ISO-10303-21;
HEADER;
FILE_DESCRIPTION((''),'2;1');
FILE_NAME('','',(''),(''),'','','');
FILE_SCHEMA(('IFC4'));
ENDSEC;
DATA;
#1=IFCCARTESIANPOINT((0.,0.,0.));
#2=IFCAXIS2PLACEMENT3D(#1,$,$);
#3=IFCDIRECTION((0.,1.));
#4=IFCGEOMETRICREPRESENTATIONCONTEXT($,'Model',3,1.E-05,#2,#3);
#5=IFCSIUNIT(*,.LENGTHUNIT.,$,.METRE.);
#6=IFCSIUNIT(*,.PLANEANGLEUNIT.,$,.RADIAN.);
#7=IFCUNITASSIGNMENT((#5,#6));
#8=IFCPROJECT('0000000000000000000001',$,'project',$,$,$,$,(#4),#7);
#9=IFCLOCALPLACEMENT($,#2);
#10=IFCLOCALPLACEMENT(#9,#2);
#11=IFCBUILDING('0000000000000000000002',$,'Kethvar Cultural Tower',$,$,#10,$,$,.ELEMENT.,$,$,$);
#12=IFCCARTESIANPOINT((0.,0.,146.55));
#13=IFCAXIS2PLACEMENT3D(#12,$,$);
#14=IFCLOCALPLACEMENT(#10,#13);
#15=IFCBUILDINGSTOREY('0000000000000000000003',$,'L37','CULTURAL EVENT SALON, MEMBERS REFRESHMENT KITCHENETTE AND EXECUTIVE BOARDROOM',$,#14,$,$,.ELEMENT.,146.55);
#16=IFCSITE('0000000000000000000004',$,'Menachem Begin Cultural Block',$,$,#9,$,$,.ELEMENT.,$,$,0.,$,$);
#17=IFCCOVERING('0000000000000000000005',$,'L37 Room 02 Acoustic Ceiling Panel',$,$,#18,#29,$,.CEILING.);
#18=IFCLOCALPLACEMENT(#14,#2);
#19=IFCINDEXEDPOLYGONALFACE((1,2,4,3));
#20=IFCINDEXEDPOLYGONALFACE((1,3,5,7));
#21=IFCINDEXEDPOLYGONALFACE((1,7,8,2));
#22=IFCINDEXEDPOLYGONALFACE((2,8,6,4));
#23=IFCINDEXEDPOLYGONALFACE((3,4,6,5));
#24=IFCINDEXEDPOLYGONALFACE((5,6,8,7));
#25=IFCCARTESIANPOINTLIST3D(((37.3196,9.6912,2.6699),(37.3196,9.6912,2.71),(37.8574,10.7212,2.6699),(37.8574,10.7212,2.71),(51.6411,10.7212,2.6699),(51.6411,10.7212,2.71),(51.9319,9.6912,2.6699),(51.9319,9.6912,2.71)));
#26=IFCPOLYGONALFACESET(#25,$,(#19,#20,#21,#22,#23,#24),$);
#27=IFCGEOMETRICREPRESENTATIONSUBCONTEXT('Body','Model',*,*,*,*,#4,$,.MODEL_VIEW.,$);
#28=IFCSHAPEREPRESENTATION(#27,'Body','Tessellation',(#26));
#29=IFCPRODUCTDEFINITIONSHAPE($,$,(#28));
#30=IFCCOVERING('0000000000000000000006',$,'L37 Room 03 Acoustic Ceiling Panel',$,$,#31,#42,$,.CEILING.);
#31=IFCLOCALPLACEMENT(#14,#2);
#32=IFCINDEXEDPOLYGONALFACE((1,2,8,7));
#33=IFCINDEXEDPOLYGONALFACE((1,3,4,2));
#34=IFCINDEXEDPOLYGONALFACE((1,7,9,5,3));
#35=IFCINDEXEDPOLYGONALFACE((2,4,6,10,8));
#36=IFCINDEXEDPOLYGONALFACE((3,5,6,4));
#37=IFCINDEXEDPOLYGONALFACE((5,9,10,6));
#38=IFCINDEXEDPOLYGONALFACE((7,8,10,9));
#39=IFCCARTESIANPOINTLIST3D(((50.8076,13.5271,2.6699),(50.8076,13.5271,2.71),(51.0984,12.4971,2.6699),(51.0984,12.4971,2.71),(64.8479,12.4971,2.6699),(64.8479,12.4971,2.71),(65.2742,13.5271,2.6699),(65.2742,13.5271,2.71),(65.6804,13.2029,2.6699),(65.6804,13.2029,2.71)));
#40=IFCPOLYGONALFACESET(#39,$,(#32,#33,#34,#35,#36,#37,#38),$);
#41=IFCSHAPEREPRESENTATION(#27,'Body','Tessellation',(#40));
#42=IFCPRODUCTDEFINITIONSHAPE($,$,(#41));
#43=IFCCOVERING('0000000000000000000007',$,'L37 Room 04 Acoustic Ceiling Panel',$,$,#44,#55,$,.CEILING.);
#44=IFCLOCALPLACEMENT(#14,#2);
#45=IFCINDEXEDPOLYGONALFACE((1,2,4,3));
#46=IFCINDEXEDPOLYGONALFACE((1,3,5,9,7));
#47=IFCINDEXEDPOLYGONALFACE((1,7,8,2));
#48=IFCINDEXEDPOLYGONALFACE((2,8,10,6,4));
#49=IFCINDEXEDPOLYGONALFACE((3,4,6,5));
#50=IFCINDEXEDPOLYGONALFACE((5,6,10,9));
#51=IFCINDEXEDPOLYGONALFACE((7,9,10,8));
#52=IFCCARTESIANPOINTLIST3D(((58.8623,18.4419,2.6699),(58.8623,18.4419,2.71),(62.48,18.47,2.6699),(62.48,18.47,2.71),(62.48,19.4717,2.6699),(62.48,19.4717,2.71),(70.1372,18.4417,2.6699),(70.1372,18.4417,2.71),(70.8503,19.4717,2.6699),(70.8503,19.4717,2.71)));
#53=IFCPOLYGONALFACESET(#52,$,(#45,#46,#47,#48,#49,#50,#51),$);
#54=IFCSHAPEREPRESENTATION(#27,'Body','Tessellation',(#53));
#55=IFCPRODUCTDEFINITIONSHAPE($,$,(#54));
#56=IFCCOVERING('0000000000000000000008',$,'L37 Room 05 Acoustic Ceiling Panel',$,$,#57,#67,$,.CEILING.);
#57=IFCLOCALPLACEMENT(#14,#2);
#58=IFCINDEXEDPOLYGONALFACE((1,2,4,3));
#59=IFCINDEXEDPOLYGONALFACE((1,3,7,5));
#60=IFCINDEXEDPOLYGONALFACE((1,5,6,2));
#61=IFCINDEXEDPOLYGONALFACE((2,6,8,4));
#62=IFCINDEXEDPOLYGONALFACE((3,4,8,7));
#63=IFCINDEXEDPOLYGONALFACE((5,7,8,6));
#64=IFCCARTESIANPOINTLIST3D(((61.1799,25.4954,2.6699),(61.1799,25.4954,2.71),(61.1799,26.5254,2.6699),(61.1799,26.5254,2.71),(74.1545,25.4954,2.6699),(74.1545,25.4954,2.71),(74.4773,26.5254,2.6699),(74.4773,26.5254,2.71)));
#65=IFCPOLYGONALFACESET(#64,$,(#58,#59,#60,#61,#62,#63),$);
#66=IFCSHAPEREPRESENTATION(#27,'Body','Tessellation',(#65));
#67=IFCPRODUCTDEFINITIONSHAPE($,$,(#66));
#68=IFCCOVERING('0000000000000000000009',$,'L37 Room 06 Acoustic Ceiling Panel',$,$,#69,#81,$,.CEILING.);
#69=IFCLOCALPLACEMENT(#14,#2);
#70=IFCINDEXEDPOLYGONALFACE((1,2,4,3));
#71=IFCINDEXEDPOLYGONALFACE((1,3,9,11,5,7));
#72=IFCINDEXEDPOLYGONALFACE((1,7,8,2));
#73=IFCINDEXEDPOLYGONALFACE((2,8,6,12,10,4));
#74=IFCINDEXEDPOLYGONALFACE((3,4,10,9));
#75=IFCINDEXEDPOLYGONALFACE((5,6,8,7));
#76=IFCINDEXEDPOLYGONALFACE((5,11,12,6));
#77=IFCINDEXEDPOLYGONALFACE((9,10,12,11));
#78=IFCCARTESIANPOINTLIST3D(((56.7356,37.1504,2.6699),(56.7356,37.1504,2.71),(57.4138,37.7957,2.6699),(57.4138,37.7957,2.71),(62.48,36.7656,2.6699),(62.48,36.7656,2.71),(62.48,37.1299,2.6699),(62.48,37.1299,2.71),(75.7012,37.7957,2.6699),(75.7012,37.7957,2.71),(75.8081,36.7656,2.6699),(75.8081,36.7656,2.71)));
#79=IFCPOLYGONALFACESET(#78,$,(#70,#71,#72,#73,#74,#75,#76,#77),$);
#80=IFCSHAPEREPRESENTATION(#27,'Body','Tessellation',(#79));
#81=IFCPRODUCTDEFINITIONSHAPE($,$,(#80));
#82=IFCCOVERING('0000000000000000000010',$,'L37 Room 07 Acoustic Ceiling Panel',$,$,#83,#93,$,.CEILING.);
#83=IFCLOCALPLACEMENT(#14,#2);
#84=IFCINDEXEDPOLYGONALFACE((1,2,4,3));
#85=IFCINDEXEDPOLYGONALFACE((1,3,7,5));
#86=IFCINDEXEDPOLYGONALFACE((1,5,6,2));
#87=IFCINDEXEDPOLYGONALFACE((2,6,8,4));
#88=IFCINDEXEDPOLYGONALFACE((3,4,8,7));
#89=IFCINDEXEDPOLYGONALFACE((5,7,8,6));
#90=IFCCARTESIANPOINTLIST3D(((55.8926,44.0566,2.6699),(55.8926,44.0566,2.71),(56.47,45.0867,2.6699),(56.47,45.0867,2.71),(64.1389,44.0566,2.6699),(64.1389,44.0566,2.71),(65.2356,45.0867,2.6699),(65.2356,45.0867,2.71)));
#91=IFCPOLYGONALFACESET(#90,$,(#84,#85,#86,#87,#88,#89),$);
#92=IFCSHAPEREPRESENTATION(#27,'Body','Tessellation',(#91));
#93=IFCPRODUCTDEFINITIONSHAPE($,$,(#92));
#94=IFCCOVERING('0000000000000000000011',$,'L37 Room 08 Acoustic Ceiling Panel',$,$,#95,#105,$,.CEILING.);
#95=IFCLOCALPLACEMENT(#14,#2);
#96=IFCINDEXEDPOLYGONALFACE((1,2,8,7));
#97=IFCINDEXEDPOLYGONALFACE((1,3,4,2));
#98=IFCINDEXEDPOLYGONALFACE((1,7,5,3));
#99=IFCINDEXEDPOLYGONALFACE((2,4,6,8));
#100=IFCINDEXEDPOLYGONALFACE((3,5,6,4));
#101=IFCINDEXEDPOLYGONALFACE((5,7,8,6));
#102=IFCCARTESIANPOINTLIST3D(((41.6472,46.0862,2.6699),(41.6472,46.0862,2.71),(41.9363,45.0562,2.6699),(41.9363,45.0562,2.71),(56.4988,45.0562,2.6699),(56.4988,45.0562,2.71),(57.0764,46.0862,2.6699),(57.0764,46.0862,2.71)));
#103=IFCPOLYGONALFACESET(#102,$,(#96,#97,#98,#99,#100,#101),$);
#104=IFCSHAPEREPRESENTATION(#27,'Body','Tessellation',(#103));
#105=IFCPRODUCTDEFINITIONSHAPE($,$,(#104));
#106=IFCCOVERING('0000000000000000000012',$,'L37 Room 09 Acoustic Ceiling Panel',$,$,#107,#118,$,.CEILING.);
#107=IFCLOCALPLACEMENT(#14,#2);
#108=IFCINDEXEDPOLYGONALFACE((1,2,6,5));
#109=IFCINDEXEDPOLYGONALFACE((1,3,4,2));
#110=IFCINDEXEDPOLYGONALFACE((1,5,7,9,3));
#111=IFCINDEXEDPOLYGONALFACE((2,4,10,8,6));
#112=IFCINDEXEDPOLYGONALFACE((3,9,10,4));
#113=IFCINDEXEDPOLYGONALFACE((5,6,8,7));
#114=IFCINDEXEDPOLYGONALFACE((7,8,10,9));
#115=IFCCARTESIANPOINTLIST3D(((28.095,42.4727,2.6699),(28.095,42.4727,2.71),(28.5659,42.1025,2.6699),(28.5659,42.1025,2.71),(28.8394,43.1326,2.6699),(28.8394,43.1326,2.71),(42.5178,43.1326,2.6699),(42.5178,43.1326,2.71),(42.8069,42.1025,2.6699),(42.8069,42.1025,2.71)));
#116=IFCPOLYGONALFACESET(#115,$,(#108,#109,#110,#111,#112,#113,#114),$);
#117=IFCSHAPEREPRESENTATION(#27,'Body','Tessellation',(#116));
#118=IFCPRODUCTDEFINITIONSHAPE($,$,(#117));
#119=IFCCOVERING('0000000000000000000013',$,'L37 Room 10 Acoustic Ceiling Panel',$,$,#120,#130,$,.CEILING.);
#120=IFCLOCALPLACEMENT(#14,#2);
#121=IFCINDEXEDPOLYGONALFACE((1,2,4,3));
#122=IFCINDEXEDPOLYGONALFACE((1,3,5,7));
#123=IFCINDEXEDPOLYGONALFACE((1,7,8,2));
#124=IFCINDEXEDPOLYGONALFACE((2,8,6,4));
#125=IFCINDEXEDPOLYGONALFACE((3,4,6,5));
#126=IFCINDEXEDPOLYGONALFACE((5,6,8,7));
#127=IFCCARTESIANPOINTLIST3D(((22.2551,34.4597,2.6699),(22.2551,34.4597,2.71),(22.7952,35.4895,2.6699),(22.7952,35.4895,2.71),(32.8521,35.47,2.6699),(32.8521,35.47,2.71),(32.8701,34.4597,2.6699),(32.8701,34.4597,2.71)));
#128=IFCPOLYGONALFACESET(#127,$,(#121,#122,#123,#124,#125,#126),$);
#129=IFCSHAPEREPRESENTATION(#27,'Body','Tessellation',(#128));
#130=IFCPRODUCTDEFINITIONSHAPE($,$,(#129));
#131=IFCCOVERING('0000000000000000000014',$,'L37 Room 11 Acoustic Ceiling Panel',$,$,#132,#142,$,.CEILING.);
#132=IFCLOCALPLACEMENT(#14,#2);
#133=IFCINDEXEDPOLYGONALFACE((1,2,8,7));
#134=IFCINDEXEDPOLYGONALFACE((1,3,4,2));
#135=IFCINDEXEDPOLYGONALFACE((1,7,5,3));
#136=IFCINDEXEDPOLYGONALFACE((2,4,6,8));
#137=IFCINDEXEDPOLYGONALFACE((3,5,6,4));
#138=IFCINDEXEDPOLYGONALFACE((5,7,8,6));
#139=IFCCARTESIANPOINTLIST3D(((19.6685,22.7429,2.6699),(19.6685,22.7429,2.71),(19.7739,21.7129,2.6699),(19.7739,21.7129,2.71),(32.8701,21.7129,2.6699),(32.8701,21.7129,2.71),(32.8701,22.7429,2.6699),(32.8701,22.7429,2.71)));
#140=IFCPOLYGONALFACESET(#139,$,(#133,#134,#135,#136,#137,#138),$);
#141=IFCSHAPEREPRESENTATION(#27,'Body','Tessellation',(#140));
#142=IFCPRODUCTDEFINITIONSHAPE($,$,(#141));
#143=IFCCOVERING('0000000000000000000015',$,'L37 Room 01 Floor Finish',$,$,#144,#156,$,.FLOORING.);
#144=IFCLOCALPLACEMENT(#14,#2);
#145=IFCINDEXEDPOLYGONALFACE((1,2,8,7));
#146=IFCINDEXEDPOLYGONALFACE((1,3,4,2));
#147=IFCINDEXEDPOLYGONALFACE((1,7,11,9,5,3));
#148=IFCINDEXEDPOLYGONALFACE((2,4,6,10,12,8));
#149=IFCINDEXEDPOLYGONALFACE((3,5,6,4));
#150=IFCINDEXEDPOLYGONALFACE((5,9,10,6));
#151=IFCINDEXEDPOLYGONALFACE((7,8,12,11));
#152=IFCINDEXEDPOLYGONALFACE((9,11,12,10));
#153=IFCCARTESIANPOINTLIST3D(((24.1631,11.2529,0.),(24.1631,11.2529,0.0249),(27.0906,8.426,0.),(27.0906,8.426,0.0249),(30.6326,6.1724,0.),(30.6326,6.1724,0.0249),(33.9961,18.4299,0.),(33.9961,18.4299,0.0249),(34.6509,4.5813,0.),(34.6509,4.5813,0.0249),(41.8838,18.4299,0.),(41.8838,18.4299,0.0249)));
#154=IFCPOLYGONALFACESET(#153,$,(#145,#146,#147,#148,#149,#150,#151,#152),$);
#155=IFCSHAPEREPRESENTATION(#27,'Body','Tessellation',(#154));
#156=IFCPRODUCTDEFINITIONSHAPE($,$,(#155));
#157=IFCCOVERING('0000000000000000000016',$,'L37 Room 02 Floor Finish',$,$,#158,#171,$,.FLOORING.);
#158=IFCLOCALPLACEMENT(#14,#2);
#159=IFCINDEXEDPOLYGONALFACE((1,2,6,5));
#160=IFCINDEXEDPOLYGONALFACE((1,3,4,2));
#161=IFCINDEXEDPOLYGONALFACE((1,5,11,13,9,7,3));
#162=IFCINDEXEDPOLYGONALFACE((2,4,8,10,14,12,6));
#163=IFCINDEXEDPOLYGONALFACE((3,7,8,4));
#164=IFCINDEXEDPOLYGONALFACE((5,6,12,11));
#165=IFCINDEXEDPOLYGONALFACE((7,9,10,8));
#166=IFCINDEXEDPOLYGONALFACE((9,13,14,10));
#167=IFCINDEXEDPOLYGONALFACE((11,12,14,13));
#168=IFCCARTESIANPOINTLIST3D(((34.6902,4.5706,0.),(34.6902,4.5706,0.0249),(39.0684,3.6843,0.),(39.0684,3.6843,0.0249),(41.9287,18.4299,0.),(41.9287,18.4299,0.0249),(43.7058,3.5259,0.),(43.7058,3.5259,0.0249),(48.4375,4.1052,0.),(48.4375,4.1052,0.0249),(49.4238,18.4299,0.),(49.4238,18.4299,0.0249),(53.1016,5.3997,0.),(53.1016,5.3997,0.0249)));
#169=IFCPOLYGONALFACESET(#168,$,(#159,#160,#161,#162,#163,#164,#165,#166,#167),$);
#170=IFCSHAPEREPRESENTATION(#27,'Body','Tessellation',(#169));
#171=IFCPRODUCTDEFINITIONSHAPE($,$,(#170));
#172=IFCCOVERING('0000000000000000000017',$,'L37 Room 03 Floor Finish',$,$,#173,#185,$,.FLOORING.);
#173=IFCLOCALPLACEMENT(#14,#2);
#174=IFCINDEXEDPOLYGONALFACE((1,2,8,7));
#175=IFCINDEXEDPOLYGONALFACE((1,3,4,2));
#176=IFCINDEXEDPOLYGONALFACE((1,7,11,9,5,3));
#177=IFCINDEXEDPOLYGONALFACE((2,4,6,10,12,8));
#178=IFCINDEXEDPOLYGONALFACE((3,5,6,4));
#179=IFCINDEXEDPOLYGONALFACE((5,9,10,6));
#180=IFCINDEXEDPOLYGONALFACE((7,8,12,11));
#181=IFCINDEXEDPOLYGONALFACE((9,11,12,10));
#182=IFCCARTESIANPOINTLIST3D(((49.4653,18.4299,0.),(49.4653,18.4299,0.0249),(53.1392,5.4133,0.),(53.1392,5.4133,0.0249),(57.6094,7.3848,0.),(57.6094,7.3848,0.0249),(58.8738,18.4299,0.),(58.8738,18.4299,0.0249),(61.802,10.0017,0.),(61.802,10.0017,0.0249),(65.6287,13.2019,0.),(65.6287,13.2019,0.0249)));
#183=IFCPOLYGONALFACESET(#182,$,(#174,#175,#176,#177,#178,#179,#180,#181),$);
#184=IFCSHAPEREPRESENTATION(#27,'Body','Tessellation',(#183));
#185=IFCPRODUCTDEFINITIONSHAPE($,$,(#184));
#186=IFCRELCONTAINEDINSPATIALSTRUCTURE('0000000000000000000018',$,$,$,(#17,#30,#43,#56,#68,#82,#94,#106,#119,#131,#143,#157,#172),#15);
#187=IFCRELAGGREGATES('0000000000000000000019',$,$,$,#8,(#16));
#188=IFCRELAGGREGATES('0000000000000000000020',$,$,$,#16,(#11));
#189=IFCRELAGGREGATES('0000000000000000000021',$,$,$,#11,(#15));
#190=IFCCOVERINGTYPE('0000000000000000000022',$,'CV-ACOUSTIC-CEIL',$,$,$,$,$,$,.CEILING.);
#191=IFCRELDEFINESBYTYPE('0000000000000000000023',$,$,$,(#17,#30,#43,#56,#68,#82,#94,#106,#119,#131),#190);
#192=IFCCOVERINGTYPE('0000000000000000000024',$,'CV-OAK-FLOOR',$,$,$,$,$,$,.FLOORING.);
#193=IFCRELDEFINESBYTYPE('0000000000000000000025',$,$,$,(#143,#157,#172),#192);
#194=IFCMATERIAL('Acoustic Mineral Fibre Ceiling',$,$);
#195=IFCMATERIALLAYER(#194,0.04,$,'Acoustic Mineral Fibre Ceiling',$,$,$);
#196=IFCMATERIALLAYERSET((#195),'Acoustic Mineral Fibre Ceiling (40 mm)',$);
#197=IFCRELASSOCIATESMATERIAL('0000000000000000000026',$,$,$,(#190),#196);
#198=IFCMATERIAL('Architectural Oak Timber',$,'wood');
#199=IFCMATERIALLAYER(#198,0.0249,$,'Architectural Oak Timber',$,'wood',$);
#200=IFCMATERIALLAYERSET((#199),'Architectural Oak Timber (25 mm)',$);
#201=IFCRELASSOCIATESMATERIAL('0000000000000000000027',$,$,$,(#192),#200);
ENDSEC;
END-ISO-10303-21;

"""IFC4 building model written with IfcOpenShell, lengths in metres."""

from ifc_helpers import new_model, si_unit, direction, frame, origin, place, context, subcontext, project, spatial, polyline, outline, extrude, material, layer, layer_set, type_object, element, save


model = new_model("IFC4")

# Units and contexts
model_context = context("Model", 3, precision=1e-05, world=origin(), true_north=direction((0.0, 1.0)))
body_context = subcontext(model_context, "Body", "Model", "MODEL_VIEW")
ifc_project = project(units=[si_unit("LENGTHUNIT", "METRE"), si_unit("PLANEANGLEUNIT", "RADIAN")], contexts=[model_context])

# Site, building, storey
site_placement = place(None, origin())
site = spatial("IfcSite", under=ifc_project, at=site_placement, Name="Menachem Begin Cultural Block", CompositionType="ELEMENT", RefElevation=0.0)
building_placement = place(site_placement, origin())
building = spatial("IfcBuilding", under=site, at=building_placement, Name="Kethvar Cultural Tower", CompositionType="ELEMENT")
storey_placement = place(building_placement, frame((0.0, 0.0, 146.55)))
storey = spatial("IfcBuildingStorey", under=building, at=storey_placement, Name="L37", Description="CULTURAL EVENT SALON, MEMBERS REFRESHMENT KITCHENETTE AND EXECUTIVE BOARDROOM", CompositionType="ELEMENT", Elevation=146.55)

# Coverings
ifc_material_1 = material(Name="Acoustic Mineral Fibre Ceiling")
ifc_layer_1 = layer(ifc_material_1, 0.04, Name="Acoustic Mineral Fibre Ceiling")
ifc_layer_set_1 = layer_set([ifc_layer_1], Name="Acoustic Mineral Fibre Ceiling (40 mm)")
covering_type_1 = type_object("IfcCoveringType", Name="CV-ACOUSTIC-CEIL", PredefinedType="CEILING", material=ifc_layer_set_1)
covering_1_placement = place(storey_placement, frame((0.0, 0.0, 2.6699)))
element("IfcCovering", 1, at=covering_1_placement, inside=storey, type_object=covering_type_1, Name="L37 Room 02 Acoustic Ceiling Panel", PredefinedType="CEILING", context=body_context, shape_type="SweptSolid", body=[
    extrude(outline(polyline([(37.8574, 10.7212), (51.6411, 10.7212), (51.9319, 9.6912), (37.3196, 9.6912), (37.8574, 10.7212)])), origin(), (0.0, 0.0, 1.0), 0.04),
])
covering_2_placement = place(storey_placement, frame((0.0, 0.0, 2.6699)))
element("IfcCovering", 2, at=covering_2_placement, inside=storey, type_object=covering_type_1, Name="L37 Room 03 Acoustic Ceiling Panel", PredefinedType="CEILING", context=body_context, shape_type="SweptSolid", body=[
    extrude(outline(polyline([(50.8076, 13.5271), (65.2742, 13.5271), (65.6804, 13.2029), (64.8479, 12.4971), (51.0984, 12.4971), (50.8076, 13.5271)])), origin(), (0.0, 0.0, 1.0), 0.04),
])
covering_3_placement = place(storey_placement, frame((0.0, 0.0, 2.6699)))
element("IfcCovering", 3, at=covering_3_placement, inside=storey, type_object=covering_type_1, Name="L37 Room 04 Acoustic Ceiling Panel", PredefinedType="CEILING", context=body_context, shape_type="SweptSolid", body=[
    extrude(outline(polyline([(58.8623, 18.4419), (62.48, 18.47), (62.48, 19.4717), (70.8503, 19.4717), (70.1372, 18.4417), (58.8623, 18.4419)])), origin(), (0.0, 0.0, 1.0), 0.04),
])
covering_4_placement = place(storey_placement, frame((0.0, 0.0, 2.6699)))
element("IfcCovering", 4, at=covering_4_placement, inside=storey, type_object=covering_type_1, Name="L37 Room 05 Acoustic Ceiling Panel", PredefinedType="CEILING", context=body_context, shape_type="SweptSolid", body=[
    extrude(outline(polyline([(61.1799, 26.5254), (74.4773, 26.5254), (74.1545, 25.4954), (61.1799, 25.4954), (61.1799, 26.5254)])), origin(), (0.0, 0.0, 1.0), 0.04),
])
covering_5_placement = place(storey_placement, frame((0.0, 0.0, 2.6699)))
element("IfcCovering", 5, at=covering_5_placement, inside=storey, type_object=covering_type_1, Name="L37 Room 06 Acoustic Ceiling Panel", PredefinedType="CEILING", context=body_context, shape_type="SweptSolid", body=[
    extrude(outline(polyline([(62.48, 37.1299), (56.7356, 37.1504), (57.4138, 37.7957), (75.7012, 37.7957), (75.8081, 36.7656), (62.48, 36.7656), (62.48, 37.1299)])), origin(), (0.0, 0.0, 1.0), 0.04),
])
covering_6_placement = place(storey_placement, frame((0.0, 0.0, 2.6699)))
element("IfcCovering", 6, at=covering_6_placement, inside=storey, type_object=covering_type_1, Name="L37 Room 07 Acoustic Ceiling Panel", PredefinedType="CEILING", context=body_context, shape_type="SweptSolid", body=[
    extrude(outline(polyline([(64.1389, 44.0566), (55.8926, 44.0566), (56.47, 45.0867), (65.2356, 45.0867), (64.1389, 44.0566)])), origin(), (0.0, 0.0, 1.0), 0.04),
])
covering_7_placement = place(storey_placement, frame((0.0, 0.0, 2.6699)))
element("IfcCovering", 7, at=covering_7_placement, inside=storey, type_object=covering_type_1, Name="L37 Room 08 Acoustic Ceiling Panel", PredefinedType="CEILING", context=body_context, shape_type="SweptSolid", body=[
    extrude(outline(polyline([(56.4988, 45.0562), (41.9363, 45.0562), (41.6472, 46.0862), (57.0764, 46.0862), (56.4988, 45.0562)])), origin(), (0.0, 0.0, 1.0), 0.04),
])
covering_8_placement = place(storey_placement, frame((0.0, 0.0, 2.6699)))
element("IfcCovering", 8, at=covering_8_placement, inside=storey, type_object=covering_type_1, Name="L37 Room 09 Acoustic Ceiling Panel", PredefinedType="CEILING", context=body_context, shape_type="SweptSolid", body=[
    extrude(outline(polyline([(28.095, 42.4727), (28.8394, 43.1326), (42.5178, 43.1326), (42.8069, 42.1025), (28.5659, 42.1025), (28.095, 42.4727)])), origin(), (0.0, 0.0, 1.0), 0.04),
])
covering_9_placement = place(storey_placement, frame((0.0, 0.0, 2.6699)))
element("IfcCovering", 9, at=covering_9_placement, inside=storey, type_object=covering_type_1, Name="L37 Room 10 Acoustic Ceiling Panel", PredefinedType="CEILING", context=body_context, shape_type="SweptSolid", body=[
    extrude(outline(polyline([(22.2551, 34.4597), (22.7952, 35.4895), (32.8521, 35.47), (32.8701, 34.4597), (22.2551, 34.4597)])), origin(), (0.0, 0.0, 1.0), 0.04),
])
covering_10_placement = place(storey_placement, frame((0.0, 0.0, 2.6699)))
element("IfcCovering", 10, at=covering_10_placement, inside=storey, type_object=covering_type_1, Name="L37 Room 11 Acoustic Ceiling Panel", PredefinedType="CEILING", context=body_context, shape_type="SweptSolid", body=[
    extrude(outline(polyline([(19.7739, 21.7129), (19.6685, 22.7429), (32.8701, 22.7429), (32.8701, 21.7129), (19.7739, 21.7129)])), origin(), (0.0, 0.0, 1.0), 0.04),
])
ifc_material_2 = material(Name="Architectural Oak Timber", Category="wood")
ifc_layer_2 = layer(ifc_material_2, 0.0249, Name="Architectural Oak Timber", Category="wood")
ifc_layer_set_2 = layer_set([ifc_layer_2], Name="Architectural Oak Timber (25 mm)")
covering_type_2 = type_object("IfcCoveringType", Name="CV-OAK-FLOOR", PredefinedType="FLOORING", material=ifc_layer_set_2)
covering_11_placement = place(storey_placement, origin())
element("IfcCovering", 11, at=covering_11_placement, inside=storey, type_object=covering_type_2, Name="L37 Room 01 Floor Finish", PredefinedType="FLOORING", context=body_context, shape_type="SweptSolid", body=[
    extrude(outline(polyline([(30.6326, 6.1724), (27.0906, 8.426), (24.1631, 11.2529), (33.9961, 18.4299), (41.8838, 18.4299), (34.6509, 4.5813), (30.6326, 6.1724)])), origin(), (0.0, 0.0, 1.0), 0.0249),
])
covering_12_placement = place(storey_placement, origin())
element("IfcCovering", 12, at=covering_12_placement, inside=storey, type_object=covering_type_2, Name="L37 Room 02 Floor Finish", PredefinedType="FLOORING", context=body_context, shape_type="SweptSolid", body=[
    extrude(outline(polyline([(48.4375, 4.1052), (43.7058, 3.5259), (39.0684, 3.6843), (34.6902, 4.5706), (41.9287, 18.4299), (49.4238, 18.4299), (53.1016, 5.3997), (48.4375, 4.1052)])), origin(), (0.0, 0.0, 1.0), 0.0249),
])
covering_13_placement = place(storey_placement, origin())
element("IfcCovering", 13, at=covering_13_placement, inside=storey, type_object=covering_type_2, Name="L37 Room 03 Floor Finish", PredefinedType="FLOORING", context=body_context, shape_type="SweptSolid", body=[
    extrude(outline(polyline([(61.802, 10.0017), (57.6094, 7.3848), (53.1392, 5.4133), (49.4653, 18.4299), (58.8738, 18.4299), (65.6287, 13.2019), (61.802, 10.0017)])), origin(), (0.0, 0.0, 1.0), 0.0249),
])

save(model, "model.ifc")
